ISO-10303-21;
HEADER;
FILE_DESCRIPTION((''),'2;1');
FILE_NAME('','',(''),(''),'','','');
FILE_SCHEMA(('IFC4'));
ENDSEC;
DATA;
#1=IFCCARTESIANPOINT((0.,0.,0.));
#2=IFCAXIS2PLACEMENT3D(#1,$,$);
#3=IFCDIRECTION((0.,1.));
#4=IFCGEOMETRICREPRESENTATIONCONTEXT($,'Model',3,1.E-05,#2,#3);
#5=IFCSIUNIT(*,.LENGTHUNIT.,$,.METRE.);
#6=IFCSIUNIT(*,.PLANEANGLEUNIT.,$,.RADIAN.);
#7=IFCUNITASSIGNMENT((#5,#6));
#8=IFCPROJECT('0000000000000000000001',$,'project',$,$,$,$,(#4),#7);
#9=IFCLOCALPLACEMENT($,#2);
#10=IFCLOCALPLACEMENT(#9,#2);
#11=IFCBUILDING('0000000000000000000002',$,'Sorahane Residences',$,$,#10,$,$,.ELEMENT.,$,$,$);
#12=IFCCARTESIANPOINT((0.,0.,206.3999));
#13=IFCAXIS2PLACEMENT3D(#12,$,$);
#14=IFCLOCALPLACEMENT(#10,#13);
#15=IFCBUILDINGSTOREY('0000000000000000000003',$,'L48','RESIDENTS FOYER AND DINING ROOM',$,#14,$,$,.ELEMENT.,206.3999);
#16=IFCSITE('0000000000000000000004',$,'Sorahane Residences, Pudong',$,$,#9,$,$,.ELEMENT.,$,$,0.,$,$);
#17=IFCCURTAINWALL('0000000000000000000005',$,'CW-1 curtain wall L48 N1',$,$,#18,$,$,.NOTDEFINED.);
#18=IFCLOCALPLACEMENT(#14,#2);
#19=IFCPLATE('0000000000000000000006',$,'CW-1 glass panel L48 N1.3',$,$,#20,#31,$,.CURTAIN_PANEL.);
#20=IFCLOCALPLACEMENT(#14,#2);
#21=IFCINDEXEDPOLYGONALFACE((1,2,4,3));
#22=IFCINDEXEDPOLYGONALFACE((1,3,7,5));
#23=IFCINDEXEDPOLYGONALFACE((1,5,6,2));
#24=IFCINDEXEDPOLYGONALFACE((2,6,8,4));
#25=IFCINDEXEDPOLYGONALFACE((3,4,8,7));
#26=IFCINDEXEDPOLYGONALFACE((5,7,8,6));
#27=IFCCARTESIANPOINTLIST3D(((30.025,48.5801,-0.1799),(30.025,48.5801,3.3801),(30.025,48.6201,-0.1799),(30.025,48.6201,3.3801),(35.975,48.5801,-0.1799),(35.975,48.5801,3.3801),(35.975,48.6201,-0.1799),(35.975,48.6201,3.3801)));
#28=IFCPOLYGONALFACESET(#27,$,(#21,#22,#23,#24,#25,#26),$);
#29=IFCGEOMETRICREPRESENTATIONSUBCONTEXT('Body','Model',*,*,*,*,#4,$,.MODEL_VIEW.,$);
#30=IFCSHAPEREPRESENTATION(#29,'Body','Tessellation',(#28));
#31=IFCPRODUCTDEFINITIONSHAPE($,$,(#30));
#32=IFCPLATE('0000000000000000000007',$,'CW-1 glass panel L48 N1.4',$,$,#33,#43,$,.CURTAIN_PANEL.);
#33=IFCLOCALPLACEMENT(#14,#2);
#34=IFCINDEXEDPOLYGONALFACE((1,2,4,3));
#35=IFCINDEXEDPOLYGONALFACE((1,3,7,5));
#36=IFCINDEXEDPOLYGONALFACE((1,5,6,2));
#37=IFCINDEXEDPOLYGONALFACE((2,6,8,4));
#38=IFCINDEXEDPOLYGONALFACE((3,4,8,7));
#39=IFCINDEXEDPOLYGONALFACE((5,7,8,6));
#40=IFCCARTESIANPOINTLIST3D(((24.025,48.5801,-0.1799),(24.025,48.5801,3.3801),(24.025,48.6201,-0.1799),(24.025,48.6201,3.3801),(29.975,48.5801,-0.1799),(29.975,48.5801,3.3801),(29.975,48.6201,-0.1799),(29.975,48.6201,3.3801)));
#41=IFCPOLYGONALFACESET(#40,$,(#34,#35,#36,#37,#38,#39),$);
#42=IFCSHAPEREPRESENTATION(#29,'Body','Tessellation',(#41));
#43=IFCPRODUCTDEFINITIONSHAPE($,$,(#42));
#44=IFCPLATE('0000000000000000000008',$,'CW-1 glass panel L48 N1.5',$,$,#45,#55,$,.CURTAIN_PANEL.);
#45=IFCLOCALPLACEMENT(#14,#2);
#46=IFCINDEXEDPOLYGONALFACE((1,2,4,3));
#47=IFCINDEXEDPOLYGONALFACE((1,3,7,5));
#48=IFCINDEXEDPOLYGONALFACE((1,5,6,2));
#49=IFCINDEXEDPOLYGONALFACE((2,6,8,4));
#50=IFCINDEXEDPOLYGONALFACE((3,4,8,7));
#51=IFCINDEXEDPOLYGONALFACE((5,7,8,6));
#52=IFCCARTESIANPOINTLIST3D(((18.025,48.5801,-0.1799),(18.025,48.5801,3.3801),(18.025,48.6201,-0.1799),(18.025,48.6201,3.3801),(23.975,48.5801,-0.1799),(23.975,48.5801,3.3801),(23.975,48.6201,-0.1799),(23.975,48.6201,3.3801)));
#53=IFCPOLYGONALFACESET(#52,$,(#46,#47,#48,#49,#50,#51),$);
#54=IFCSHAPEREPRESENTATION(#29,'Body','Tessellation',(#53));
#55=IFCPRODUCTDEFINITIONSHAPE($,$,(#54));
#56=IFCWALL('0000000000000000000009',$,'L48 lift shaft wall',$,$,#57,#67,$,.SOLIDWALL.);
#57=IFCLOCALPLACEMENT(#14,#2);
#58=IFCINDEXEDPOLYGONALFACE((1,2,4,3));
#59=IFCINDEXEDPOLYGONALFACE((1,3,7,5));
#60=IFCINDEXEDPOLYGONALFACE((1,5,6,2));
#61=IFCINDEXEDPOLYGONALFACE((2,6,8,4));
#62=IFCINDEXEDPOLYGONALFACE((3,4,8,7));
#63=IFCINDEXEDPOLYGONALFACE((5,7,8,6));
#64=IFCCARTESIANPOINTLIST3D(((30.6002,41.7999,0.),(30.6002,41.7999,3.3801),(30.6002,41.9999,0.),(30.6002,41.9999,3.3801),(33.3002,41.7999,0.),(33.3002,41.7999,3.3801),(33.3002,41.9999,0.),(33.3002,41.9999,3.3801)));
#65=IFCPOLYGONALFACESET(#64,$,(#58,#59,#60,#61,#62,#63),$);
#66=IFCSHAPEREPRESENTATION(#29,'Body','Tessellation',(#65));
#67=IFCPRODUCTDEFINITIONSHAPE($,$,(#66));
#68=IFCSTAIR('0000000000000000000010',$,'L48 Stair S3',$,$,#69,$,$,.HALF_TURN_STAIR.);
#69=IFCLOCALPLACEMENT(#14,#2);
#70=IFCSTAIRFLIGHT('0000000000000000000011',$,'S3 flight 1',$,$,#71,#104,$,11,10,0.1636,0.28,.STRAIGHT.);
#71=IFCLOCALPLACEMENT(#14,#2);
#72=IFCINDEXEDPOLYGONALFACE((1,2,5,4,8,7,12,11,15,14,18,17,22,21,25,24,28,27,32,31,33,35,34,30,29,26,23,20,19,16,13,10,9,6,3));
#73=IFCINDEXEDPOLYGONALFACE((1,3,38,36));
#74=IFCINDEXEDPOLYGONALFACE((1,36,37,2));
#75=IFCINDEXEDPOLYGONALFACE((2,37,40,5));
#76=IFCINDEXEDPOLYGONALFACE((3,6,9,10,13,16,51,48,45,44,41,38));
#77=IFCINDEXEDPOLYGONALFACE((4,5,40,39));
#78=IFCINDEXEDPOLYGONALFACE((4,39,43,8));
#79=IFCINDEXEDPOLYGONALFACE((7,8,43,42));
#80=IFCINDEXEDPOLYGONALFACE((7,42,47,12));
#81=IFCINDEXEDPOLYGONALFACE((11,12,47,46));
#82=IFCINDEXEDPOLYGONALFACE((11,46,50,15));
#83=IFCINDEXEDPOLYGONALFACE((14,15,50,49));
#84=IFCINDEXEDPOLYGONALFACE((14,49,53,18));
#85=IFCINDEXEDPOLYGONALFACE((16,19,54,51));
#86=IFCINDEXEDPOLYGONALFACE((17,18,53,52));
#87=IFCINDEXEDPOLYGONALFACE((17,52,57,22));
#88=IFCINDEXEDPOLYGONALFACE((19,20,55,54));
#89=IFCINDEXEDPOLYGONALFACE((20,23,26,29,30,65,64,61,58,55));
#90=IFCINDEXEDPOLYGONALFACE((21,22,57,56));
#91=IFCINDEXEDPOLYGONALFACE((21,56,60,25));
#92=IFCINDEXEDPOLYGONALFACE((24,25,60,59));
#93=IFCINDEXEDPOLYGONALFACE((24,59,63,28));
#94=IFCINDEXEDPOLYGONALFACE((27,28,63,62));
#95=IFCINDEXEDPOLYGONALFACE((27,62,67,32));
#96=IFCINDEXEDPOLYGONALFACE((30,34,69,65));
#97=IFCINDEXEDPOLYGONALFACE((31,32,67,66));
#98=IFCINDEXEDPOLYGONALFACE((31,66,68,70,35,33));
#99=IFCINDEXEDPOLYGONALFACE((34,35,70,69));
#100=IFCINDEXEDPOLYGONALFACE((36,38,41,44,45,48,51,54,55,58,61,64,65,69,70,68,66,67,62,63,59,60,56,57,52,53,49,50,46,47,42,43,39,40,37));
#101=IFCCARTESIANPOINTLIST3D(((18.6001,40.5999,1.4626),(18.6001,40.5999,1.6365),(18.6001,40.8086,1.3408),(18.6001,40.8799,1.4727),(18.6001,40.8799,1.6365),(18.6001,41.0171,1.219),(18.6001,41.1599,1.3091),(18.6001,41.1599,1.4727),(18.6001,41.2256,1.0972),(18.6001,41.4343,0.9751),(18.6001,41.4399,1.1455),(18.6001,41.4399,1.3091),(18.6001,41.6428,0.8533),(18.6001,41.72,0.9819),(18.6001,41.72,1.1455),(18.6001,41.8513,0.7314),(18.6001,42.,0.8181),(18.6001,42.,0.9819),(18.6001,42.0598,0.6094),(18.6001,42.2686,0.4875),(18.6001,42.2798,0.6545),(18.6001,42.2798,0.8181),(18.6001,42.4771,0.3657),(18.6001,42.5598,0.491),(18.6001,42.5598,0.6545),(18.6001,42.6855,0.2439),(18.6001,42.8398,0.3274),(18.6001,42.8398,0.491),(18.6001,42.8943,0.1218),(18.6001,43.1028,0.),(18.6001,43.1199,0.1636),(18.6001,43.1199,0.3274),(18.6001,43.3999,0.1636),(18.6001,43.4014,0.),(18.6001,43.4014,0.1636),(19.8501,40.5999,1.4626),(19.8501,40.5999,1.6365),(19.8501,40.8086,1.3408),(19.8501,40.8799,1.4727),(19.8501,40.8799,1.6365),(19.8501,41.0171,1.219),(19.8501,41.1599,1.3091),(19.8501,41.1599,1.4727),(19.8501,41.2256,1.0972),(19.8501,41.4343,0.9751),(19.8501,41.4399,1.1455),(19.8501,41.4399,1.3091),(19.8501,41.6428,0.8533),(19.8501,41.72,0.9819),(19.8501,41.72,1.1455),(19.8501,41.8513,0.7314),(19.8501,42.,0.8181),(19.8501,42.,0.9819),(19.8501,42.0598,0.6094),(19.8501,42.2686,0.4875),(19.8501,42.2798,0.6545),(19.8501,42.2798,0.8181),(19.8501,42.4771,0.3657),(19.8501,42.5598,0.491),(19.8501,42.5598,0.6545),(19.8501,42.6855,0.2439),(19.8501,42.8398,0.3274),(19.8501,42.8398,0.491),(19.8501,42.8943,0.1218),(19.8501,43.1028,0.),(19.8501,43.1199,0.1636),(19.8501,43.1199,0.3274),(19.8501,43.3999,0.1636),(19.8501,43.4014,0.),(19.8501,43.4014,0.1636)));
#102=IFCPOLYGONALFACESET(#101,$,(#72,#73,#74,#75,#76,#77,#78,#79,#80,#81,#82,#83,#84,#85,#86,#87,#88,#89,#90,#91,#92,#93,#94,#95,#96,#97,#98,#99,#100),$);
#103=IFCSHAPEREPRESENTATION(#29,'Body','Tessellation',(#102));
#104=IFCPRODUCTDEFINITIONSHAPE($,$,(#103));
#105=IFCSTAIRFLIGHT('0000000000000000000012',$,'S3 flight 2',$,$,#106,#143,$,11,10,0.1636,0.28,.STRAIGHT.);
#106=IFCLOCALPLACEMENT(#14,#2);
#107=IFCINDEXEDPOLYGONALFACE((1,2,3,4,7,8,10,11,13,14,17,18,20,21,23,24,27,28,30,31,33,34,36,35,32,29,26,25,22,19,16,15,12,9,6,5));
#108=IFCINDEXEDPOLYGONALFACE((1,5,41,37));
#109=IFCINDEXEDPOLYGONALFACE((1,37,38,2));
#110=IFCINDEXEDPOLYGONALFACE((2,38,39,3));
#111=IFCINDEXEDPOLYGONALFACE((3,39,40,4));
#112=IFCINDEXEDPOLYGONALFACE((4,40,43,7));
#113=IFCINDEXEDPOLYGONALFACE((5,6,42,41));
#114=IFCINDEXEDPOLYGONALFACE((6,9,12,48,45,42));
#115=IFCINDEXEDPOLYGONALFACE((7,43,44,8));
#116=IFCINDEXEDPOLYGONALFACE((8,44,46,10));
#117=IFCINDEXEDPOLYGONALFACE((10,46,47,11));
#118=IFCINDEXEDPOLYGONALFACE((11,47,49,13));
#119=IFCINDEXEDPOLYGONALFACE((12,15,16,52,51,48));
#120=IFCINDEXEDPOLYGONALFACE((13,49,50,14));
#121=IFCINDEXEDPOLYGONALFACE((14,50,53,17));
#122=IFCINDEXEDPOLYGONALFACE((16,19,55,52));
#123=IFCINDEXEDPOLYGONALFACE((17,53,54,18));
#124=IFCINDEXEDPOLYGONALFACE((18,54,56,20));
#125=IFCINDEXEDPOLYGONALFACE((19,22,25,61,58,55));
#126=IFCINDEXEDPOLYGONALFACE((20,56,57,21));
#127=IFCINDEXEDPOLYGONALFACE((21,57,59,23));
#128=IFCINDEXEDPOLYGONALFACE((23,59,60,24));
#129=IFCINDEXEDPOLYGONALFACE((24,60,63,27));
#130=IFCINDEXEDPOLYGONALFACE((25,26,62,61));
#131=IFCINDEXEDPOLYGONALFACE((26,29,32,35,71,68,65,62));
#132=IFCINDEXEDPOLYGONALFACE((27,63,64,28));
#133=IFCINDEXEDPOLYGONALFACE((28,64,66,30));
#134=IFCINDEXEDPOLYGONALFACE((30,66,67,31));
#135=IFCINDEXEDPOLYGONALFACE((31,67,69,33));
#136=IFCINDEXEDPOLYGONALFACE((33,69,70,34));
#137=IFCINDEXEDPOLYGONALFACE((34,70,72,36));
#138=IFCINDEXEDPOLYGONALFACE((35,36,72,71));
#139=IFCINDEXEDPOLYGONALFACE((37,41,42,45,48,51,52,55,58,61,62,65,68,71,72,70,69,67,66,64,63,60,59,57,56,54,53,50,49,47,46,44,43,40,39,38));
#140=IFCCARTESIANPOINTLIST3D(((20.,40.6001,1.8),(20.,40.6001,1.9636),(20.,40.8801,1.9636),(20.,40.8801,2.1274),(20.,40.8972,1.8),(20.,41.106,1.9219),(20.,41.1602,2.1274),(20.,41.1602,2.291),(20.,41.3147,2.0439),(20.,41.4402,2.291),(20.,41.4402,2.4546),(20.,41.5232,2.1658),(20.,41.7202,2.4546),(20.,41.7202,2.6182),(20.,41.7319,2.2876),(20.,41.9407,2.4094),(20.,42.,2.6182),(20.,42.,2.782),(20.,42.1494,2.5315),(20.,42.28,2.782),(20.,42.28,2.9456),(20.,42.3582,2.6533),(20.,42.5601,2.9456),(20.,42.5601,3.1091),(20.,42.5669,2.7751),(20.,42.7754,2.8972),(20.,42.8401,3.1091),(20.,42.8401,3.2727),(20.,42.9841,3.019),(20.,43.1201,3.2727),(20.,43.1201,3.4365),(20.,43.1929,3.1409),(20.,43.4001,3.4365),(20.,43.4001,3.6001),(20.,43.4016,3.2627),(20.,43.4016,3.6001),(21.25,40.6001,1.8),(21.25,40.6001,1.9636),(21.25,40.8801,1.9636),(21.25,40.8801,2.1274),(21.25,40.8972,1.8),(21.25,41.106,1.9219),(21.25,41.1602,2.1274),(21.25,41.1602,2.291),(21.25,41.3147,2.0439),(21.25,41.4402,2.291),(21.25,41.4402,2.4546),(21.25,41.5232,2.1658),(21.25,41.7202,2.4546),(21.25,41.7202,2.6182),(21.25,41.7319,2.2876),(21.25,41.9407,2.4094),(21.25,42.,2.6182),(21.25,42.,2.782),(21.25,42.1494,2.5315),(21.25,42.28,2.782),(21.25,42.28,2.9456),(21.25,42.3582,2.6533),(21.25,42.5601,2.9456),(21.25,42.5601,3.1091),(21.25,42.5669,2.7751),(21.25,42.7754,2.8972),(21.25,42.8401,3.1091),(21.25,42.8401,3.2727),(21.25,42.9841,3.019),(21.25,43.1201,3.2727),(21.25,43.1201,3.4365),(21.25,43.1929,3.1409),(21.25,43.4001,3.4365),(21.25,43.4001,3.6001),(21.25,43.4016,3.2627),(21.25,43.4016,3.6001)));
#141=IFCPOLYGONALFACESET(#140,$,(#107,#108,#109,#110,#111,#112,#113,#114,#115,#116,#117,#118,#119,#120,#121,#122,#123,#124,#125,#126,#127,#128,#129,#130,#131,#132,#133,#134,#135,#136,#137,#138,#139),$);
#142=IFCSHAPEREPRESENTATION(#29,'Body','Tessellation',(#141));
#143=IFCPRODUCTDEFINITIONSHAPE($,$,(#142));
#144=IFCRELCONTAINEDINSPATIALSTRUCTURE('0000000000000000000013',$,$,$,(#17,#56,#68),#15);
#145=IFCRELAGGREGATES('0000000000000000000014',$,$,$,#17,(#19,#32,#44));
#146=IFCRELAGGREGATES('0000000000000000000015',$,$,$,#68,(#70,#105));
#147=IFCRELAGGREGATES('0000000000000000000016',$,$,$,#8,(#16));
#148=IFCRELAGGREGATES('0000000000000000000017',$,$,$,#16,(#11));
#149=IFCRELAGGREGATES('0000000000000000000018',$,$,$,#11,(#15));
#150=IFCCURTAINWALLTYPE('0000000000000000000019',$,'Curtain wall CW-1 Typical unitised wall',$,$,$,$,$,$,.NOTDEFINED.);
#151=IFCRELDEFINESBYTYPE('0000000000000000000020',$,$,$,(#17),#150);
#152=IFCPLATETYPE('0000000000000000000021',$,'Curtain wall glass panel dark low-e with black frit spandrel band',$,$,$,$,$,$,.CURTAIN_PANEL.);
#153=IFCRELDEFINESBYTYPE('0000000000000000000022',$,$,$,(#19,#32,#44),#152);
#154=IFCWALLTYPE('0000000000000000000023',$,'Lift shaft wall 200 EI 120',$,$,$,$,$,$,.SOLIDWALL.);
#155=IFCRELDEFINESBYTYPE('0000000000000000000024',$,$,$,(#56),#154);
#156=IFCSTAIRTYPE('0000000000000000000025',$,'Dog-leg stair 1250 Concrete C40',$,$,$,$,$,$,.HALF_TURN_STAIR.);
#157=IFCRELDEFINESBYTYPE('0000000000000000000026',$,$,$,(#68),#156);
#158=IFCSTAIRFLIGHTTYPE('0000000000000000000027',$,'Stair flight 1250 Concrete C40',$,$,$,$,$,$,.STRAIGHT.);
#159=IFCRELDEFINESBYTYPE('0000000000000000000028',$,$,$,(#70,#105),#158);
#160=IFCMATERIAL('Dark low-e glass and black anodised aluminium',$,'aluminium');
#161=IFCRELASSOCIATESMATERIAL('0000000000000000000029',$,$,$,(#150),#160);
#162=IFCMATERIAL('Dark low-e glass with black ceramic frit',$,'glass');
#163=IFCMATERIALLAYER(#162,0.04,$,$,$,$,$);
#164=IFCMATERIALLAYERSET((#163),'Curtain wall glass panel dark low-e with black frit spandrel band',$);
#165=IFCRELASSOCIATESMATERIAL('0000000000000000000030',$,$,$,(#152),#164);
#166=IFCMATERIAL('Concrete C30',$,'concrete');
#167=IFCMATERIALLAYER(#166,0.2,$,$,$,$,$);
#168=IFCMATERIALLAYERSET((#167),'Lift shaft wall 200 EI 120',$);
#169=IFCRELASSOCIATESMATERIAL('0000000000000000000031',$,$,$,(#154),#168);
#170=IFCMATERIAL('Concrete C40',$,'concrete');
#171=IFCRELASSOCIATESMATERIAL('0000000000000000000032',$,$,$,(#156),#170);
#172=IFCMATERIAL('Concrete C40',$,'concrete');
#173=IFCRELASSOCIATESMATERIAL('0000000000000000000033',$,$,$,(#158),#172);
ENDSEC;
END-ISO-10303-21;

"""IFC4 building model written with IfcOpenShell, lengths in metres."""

from ifc_helpers import new_model, si_unit, direction, frame, frame_2d, origin, origin_2d, place, context, subcontext, project, spatial, polyline, rectangle, outline, extrude, material, layer, layer_set, type_object, element, aggregate, save


model = new_model("IFC4")

# Units and contexts
model_context = context("Model", 3, precision=1e-05, world=origin(), true_north=direction((0.0, 1.0)))
body_context = subcontext(model_context, "Body", "Model", "MODEL_VIEW")
ifc_project = project(units=[si_unit("LENGTHUNIT", "METRE"), si_unit("PLANEANGLEUNIT", "RADIAN")], contexts=[model_context])

# Site, building, storey
site_placement = place(None, origin())
site = spatial("IfcSite", under=ifc_project, at=site_placement, Name="Sorahane Residences, Pudong", CompositionType="ELEMENT", RefElevation=0.0)
building_placement = place(site_placement, origin())
building = spatial("IfcBuilding", under=site, at=building_placement, Name="Sorahane Residences", CompositionType="ELEMENT")
storey_placement = place(building_placement, frame((0.0, 0.0, 206.3999)))
storey = spatial("IfcBuildingStorey", under=building, at=storey_placement, Name="L48", Description="RESIDENTS FOYER AND DINING ROOM", CompositionType="ELEMENT", Elevation=206.3999)

# Curtain wall
ifc_material_1 = material(Name="Dark low-e glass and black anodised aluminium", Category="aluminium")
curtain_wall_type = type_object("IfcCurtainWallType", Name="Curtain wall CW-1 Typical unitised wall", PredefinedType="NOTDEFINED", material=ifc_material_1)
curtain_wall_placement = place(storey_placement, origin())
curtain_wall = element("IfcCurtainWall", 1, at=curtain_wall_placement, inside=storey, type_object=curtain_wall_type, Name="CW-1 curtain wall L48 N1", PredefinedType="NOTDEFINED")

# Plates
ifc_material_2 = material(Name="Dark low-e glass with black ceramic frit", Category="glass")
ifc_layer_1 = layer(ifc_material_2, 0.04)
ifc_layer_set_1 = layer_set([ifc_layer_1], Name="Curtain wall glass panel dark low-e with black frit spandrel band")
plate_type = type_object("IfcPlateType", Name="Curtain wall glass panel dark low-e with black frit spandrel band", PredefinedType="CURTAIN_PANEL", material=ifc_layer_set_1)
plate_1_placement = place(storey_placement, frame((33.0, 48.6001, -0.1799), z_axis=(0.0, 0.0, 1.0), x_axis=(-1.0, 0.0, 0.0)))
plate_1 = element("IfcPlate", 2, at=plate_1_placement, type_object=plate_type, Name="CW-1 glass panel L48 N1.3", PredefinedType="CURTAIN_PANEL", context=body_context, shape_type="SweptSolid", body=[
    extrude(rectangle(XDim=5.95, YDim=0.04, at=origin_2d()), origin(), (0.0, 0.0, 1.0), 3.5601),
])
plate_2_placement = place(storey_placement, frame((27.0, 48.6001, -0.1799), z_axis=(0.0, 0.0, 1.0), x_axis=(-1.0, 0.0, 0.0)))
plate_2 = element("IfcPlate", 3, at=plate_2_placement, type_object=plate_type, Name="CW-1 glass panel L48 N1.4", PredefinedType="CURTAIN_PANEL", context=body_context, shape_type="SweptSolid", body=[
    extrude(rectangle(XDim=5.95, YDim=0.04, at=origin_2d()), origin(), (0.0, 0.0, 1.0), 3.5601),
])
plate_3_placement = place(storey_placement, frame((21.0, 48.6001, -0.1799), z_axis=(0.0, 0.0, 1.0), x_axis=(-1.0, 0.0, 0.0)))
plate_3 = element("IfcPlate", 4, at=plate_3_placement, type_object=plate_type, Name="CW-1 glass panel L48 N1.5", PredefinedType="CURTAIN_PANEL", context=body_context, shape_type="SweptSolid", body=[
    extrude(rectangle(XDim=5.95, YDim=0.04, at=origin_2d()), origin(), (0.0, 0.0, 1.0), 3.5601),
])
aggregate(curtain_wall, [plate_1, plate_2, plate_3])

# Wall
ifc_material_3 = material(Name="Concrete C30", Category="concrete")
ifc_layer_2 = layer(ifc_material_3, 0.2)
ifc_layer_set_2 = layer_set([ifc_layer_2], Name="Lift shaft wall 200 EI 120")
wall_type = type_object("IfcWallType", Name="Lift shaft wall 200 EI 120", PredefinedType="SOLIDWALL", material=ifc_layer_set_2)
wall_placement = place(storey_placement, frame((30.6001, 41.8999, 0.0), z_axis=(0.0, 0.0, 1.0), x_axis=(1.0, 0.0, 0.0)))
element("IfcWall", 5, at=wall_placement, inside=storey, type_object=wall_type, Name="L48 lift shaft wall", PredefinedType="SOLIDWALL", context=body_context, shape_type="SweptSolid", body=[
    extrude(rectangle(XDim=2.7, YDim=0.2, at=frame_2d((1.3501, 0.0))), origin(), (0.0, 0.0, 1.0), 3.3801),
])

# Stair, stair flights
ifc_material_4 = material(Name="Concrete C40", Category="concrete")
stair_type = type_object("IfcStairType", Name="Dog-leg stair 1250 Concrete C40", PredefinedType="HALF_TURN_STAIR", material=ifc_material_4)
stair_placement = place(storey_placement, origin())
stair = element("IfcStair", 6, at=stair_placement, inside=storey, type_object=stair_type, Name="L48 Stair S3", PredefinedType="HALF_TURN_STAIR")
ifc_material_5 = material(Name="Concrete C40", Category="concrete")
stair_flight_type = type_object("IfcStairFlightType", Name="Stair flight 1250 Concrete C40", PredefinedType="STRAIGHT", material=ifc_material_5)
stair_flight_1_placement = place(storey_placement, frame((19.2251, 43.3999, 0.0), z_axis=(0.0, 0.0, 1.0), x_axis=(0.0, -1.0, 0.0)))
stair_flight_1 = element("IfcStairFlight", 7, at=stair_flight_1_placement, type_object=stair_flight_type, Name="S3 flight 1", NumberOfRisers=11, NumberOfTreads=10, PredefinedType="STRAIGHT", RiserHeight=0.1636, TreadLength=0.28, context=body_context, shape_type="SweptSolid", body=[
    extrude(outline(polyline([(-0.0015, 0.0), (-0.0015, 0.1636), (0.0, 0.1636), (0.28, 0.1636), (0.28, 0.3274), (0.5601, 0.3274), (0.5601, 0.491), (0.8401, 0.491), (0.8401, 0.6545), (1.1201, 0.6545), (1.1201, 0.8181), (1.3999, 0.8181), (1.3999, 0.9819), (1.6799, 0.9819), (1.6799, 1.1455), (1.96, 1.1455), (1.96, 1.3091), (2.24, 1.3091), (2.24, 1.4727), (2.52, 1.4727), (2.52, 1.6365), (2.8, 1.6365), (2.8, 1.8), (2.8, 1.4626), (2.5913, 1.3408), (2.3828, 1.219), (2.1743, 1.0972), (1.9656, 0.9751), (1.7571, 0.8533), (1.5486, 0.7314), (1.3401, 0.6094), (1.1313, 0.4875), (0.9229, 0.3657), (0.7144, 0.2439), (0.5056, 0.1218), (0.2971, 0.0), (-0.0015, 0.0)])), frame((0.0, 0.625, 0.0), z_axis=(0.0, -1.0, 0.0), x_axis=(1.0, 0.0, 0.0)), (0.0, 0.0, 1.0), 1.25),
])
stair_flight_2_placement = place(storey_placement, frame((20.625, 40.6001, 1.8), z_axis=(0.0, 0.0, 1.0), x_axis=(0.0, 1.0, 0.0)))
stair_flight_2 = element("IfcStairFlight", 8, at=stair_flight_2_placement, type_object=stair_flight_type, Name="S3 flight 2", NumberOfRisers=11, NumberOfTreads=10, PredefinedType="STRAIGHT", RiserHeight=0.1636, TreadLength=0.28, context=body_context, shape_type="SweptSolid", body=[
    extrude(outline(polyline([(0.0, 0.0), (0.0, 0.1636), (0.28, 0.1636), (0.28, 0.3274), (0.5601, 0.3274), (0.5601, 0.491), (0.8401, 0.491), (0.8401, 0.6545), (1.1201, 0.6545), (1.1201, 0.8181), (1.3999, 0.8181), (1.3999, 0.9819), (1.6799, 0.9819), (1.6799, 1.1455), (1.96, 1.1455), (1.96, 1.3091), (2.24, 1.3091), (2.24, 1.4727), (2.52, 1.4727), (2.52, 1.6365), (2.8, 1.6365), (2.8, 1.8), (2.8015, 1.8), (2.8015, 1.4626), (2.5928, 1.3408), (2.384, 1.219), (2.1753, 1.0972), (1.9668, 0.9751), (1.7581, 0.8533), (1.5493, 0.7314), (1.3406, 0.6094), (1.1318, 0.4875), (0.9231, 0.3657), (0.7146, 0.2439), (0.5059, 0.1218), (0.2971, 0.0), (0.0, 0.0)])), frame((0.0, 0.625, 0.0), z_axis=(0.0, -1.0, 0.0), x_axis=(1.0, 0.0, 0.0)), (0.0, 0.0, 1.0), 1.25),
])
aggregate(stair, [stair_flight_1, stair_flight_2])

save(model, "model.ifc")
